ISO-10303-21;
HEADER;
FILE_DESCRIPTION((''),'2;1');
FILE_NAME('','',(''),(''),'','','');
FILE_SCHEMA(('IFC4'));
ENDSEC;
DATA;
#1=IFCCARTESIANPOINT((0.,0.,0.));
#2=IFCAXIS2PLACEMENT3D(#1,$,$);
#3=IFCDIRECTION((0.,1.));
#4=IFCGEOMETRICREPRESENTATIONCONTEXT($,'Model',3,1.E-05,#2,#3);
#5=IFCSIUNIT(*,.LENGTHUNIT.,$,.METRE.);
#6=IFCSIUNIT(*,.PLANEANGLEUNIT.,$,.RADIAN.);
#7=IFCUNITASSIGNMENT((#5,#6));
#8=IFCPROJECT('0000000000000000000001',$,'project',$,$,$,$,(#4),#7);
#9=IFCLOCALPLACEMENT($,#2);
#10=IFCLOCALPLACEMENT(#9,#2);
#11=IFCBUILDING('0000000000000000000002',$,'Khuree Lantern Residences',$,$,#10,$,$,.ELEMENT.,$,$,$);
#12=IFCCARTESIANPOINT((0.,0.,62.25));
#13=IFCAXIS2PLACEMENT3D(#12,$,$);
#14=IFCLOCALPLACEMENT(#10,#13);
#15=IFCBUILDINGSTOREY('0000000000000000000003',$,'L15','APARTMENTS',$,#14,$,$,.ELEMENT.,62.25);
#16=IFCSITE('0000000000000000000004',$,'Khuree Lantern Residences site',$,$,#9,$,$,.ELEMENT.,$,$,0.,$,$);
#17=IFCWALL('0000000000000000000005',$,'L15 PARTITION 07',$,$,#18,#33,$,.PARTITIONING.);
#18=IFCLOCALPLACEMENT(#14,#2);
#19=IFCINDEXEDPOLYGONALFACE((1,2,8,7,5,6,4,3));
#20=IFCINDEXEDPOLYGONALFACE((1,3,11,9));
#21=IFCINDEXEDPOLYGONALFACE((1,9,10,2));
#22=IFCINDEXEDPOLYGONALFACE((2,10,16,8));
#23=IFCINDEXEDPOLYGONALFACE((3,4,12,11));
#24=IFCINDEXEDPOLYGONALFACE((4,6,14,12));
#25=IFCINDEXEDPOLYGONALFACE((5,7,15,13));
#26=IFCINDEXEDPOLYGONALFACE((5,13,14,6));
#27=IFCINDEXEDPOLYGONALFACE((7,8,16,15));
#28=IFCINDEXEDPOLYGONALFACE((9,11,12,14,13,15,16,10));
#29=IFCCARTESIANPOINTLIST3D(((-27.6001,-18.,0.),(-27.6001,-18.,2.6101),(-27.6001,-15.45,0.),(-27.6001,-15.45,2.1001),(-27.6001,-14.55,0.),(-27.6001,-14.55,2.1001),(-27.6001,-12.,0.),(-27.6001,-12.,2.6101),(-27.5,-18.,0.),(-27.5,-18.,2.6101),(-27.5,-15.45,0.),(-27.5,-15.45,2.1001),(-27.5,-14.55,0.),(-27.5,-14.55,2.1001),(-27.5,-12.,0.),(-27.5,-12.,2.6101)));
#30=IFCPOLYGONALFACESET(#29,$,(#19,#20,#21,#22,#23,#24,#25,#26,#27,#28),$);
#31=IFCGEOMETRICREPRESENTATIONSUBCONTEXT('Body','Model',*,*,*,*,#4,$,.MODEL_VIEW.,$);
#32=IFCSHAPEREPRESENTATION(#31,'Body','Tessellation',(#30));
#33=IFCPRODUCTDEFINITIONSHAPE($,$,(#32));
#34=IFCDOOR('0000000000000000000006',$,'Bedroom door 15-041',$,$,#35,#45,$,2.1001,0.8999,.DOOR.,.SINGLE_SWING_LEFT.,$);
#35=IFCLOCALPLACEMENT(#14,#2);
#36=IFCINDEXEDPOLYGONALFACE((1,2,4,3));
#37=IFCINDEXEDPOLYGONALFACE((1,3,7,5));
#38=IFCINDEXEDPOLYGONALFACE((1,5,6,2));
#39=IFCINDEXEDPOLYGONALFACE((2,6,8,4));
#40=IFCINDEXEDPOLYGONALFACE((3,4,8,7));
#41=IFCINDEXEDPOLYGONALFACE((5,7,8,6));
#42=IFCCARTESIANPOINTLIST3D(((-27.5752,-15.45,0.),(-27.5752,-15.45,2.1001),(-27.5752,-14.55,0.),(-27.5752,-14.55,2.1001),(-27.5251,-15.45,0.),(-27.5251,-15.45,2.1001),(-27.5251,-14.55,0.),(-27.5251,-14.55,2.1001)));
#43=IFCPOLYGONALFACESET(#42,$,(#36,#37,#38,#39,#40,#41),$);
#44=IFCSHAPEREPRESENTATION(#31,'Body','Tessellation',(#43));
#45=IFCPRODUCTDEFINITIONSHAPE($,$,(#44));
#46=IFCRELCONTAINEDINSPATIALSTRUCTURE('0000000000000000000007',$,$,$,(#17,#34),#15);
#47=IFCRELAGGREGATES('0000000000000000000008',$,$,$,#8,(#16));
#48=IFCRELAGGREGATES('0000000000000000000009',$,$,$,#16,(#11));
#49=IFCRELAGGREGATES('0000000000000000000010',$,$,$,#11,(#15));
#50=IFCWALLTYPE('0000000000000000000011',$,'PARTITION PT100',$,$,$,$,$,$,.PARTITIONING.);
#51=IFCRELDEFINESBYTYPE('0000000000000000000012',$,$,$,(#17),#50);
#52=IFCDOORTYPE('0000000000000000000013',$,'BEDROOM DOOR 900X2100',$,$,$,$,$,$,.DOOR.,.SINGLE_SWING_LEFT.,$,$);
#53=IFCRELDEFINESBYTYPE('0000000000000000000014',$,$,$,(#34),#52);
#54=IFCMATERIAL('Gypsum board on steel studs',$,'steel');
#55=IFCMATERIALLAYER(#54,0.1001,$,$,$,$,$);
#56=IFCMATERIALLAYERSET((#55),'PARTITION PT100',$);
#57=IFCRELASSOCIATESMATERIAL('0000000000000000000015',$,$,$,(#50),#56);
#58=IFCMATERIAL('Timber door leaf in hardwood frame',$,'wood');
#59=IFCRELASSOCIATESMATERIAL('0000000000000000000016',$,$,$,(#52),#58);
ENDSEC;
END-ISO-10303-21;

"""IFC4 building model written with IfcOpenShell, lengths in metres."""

from ifc_helpers import new_model, si_unit, direction, frame, frame_2d, origin, place, context, subcontext, project, spatial, rectangle, extrude, material, layer, layer_set, type_object, element, fill, save


model = new_model("IFC4")

# Units and contexts
model_context = context("Model", 3, precision=1e-05, world=origin(), true_north=direction((0.0, 1.0)))
body_context = subcontext(model_context, "Body", "Model", "MODEL_VIEW")
ifc_project = project(units=[si_unit("LENGTHUNIT", "METRE"), si_unit("PLANEANGLEUNIT", "RADIAN")], contexts=[model_context])

# Site, building, storey
site_placement = place(None, origin())
site = spatial("IfcSite", under=ifc_project, at=site_placement, Name="Khuree Lantern Residences site", CompositionType="ELEMENT", RefElevation=0.0)
building_placement = place(site_placement, origin())
building = spatial("IfcBuilding", under=site, at=building_placement, Name="Khuree Lantern Residences", CompositionType="ELEMENT")
storey_placement = place(building_placement, frame((0.0, 0.0, 62.25)))
storey = spatial("IfcBuildingStorey", under=building, at=storey_placement, Name="L15", Description="APARTMENTS", CompositionType="ELEMENT", Elevation=62.25)

# Shared definitions
ifc_material_1 = material(Name="Gypsum board on steel studs", Category="steel")
ifc_layer_1 = layer(ifc_material_1, 0.1001)
ifc_layer_set_1 = layer_set([ifc_layer_1], Name="PARTITION PT100")
wall_type = type_object("IfcWallType", Name="PARTITION PT100", PredefinedType="PARTITIONING", material=ifc_layer_set_1)

# Wall, opening, door
ifc_material_2 = material(Name="Timber door leaf in hardwood frame", Category="wood")
door_type = type_object("IfcDoorType", Name="BEDROOM DOOR 900X2100", OperationType="SINGLE_SWING_LEFT", PredefinedType="DOOR", material=ifc_material_2)
wall_1_placement = place(storey_placement, frame((-27.55, -12.0, 0.0), z_axis=(0.0, 0.0, 1.0), x_axis=(0.0, -1.0, 0.0)))
wall_1 = element("IfcWall", 1, at=wall_1_placement, inside=storey, type_object=wall_type, Name="L15 PARTITION 07", PredefinedType="PARTITIONING", context=body_context, shape_type="SweptSolid", body=[
    extrude(rectangle(XDim=6.0, YDim=0.1001, at=frame_2d((3.0, 0.0))), origin(), (0.0, 0.0, 1.0), 2.6101),
])
opening_1_placement = place(wall_1_placement, frame((2.55, 0.0, 0.0)))
opening_1 = element("IfcOpeningElement", 2, at=opening_1_placement, cuts=wall_1, PredefinedType="OPENING", context=body_context, shape_type="SweptSolid", body=[
    extrude(rectangle(XDim=0.8999, YDim=2.1001, at=frame_2d((0.45, 1.05))), frame((0.0, 0.0601, 0.0), z_axis=(0.0, -1.0, 0.0), x_axis=(1.0, 0.0, 0.0)), (0.0, 0.0, 1.0), 0.1201),
])
door_1_placement = place(opening_1_placement, origin())
door_1 = element("IfcDoor", 3, at=door_1_placement, inside=storey, type_object=door_type, Name="Bedroom door 15-041", OperationType="SINGLE_SWING_LEFT", OverallHeight=2.1001, OverallWidth=0.8999, PredefinedType="DOOR", context=body_context, shape_type="SweptSolid", body=[
    extrude(rectangle(XDim=0.8999, YDim=2.1001, at=frame_2d((0.45, 1.05))), frame((0.0, 0.0249, 0.0), z_axis=(0.0, -1.0, 0.0), x_axis=(1.0, 0.0, 0.0)), (0.0, 0.0, 1.0), 0.05),
])
fill(opening_1, door_1)

save(model, "model.ifc")
